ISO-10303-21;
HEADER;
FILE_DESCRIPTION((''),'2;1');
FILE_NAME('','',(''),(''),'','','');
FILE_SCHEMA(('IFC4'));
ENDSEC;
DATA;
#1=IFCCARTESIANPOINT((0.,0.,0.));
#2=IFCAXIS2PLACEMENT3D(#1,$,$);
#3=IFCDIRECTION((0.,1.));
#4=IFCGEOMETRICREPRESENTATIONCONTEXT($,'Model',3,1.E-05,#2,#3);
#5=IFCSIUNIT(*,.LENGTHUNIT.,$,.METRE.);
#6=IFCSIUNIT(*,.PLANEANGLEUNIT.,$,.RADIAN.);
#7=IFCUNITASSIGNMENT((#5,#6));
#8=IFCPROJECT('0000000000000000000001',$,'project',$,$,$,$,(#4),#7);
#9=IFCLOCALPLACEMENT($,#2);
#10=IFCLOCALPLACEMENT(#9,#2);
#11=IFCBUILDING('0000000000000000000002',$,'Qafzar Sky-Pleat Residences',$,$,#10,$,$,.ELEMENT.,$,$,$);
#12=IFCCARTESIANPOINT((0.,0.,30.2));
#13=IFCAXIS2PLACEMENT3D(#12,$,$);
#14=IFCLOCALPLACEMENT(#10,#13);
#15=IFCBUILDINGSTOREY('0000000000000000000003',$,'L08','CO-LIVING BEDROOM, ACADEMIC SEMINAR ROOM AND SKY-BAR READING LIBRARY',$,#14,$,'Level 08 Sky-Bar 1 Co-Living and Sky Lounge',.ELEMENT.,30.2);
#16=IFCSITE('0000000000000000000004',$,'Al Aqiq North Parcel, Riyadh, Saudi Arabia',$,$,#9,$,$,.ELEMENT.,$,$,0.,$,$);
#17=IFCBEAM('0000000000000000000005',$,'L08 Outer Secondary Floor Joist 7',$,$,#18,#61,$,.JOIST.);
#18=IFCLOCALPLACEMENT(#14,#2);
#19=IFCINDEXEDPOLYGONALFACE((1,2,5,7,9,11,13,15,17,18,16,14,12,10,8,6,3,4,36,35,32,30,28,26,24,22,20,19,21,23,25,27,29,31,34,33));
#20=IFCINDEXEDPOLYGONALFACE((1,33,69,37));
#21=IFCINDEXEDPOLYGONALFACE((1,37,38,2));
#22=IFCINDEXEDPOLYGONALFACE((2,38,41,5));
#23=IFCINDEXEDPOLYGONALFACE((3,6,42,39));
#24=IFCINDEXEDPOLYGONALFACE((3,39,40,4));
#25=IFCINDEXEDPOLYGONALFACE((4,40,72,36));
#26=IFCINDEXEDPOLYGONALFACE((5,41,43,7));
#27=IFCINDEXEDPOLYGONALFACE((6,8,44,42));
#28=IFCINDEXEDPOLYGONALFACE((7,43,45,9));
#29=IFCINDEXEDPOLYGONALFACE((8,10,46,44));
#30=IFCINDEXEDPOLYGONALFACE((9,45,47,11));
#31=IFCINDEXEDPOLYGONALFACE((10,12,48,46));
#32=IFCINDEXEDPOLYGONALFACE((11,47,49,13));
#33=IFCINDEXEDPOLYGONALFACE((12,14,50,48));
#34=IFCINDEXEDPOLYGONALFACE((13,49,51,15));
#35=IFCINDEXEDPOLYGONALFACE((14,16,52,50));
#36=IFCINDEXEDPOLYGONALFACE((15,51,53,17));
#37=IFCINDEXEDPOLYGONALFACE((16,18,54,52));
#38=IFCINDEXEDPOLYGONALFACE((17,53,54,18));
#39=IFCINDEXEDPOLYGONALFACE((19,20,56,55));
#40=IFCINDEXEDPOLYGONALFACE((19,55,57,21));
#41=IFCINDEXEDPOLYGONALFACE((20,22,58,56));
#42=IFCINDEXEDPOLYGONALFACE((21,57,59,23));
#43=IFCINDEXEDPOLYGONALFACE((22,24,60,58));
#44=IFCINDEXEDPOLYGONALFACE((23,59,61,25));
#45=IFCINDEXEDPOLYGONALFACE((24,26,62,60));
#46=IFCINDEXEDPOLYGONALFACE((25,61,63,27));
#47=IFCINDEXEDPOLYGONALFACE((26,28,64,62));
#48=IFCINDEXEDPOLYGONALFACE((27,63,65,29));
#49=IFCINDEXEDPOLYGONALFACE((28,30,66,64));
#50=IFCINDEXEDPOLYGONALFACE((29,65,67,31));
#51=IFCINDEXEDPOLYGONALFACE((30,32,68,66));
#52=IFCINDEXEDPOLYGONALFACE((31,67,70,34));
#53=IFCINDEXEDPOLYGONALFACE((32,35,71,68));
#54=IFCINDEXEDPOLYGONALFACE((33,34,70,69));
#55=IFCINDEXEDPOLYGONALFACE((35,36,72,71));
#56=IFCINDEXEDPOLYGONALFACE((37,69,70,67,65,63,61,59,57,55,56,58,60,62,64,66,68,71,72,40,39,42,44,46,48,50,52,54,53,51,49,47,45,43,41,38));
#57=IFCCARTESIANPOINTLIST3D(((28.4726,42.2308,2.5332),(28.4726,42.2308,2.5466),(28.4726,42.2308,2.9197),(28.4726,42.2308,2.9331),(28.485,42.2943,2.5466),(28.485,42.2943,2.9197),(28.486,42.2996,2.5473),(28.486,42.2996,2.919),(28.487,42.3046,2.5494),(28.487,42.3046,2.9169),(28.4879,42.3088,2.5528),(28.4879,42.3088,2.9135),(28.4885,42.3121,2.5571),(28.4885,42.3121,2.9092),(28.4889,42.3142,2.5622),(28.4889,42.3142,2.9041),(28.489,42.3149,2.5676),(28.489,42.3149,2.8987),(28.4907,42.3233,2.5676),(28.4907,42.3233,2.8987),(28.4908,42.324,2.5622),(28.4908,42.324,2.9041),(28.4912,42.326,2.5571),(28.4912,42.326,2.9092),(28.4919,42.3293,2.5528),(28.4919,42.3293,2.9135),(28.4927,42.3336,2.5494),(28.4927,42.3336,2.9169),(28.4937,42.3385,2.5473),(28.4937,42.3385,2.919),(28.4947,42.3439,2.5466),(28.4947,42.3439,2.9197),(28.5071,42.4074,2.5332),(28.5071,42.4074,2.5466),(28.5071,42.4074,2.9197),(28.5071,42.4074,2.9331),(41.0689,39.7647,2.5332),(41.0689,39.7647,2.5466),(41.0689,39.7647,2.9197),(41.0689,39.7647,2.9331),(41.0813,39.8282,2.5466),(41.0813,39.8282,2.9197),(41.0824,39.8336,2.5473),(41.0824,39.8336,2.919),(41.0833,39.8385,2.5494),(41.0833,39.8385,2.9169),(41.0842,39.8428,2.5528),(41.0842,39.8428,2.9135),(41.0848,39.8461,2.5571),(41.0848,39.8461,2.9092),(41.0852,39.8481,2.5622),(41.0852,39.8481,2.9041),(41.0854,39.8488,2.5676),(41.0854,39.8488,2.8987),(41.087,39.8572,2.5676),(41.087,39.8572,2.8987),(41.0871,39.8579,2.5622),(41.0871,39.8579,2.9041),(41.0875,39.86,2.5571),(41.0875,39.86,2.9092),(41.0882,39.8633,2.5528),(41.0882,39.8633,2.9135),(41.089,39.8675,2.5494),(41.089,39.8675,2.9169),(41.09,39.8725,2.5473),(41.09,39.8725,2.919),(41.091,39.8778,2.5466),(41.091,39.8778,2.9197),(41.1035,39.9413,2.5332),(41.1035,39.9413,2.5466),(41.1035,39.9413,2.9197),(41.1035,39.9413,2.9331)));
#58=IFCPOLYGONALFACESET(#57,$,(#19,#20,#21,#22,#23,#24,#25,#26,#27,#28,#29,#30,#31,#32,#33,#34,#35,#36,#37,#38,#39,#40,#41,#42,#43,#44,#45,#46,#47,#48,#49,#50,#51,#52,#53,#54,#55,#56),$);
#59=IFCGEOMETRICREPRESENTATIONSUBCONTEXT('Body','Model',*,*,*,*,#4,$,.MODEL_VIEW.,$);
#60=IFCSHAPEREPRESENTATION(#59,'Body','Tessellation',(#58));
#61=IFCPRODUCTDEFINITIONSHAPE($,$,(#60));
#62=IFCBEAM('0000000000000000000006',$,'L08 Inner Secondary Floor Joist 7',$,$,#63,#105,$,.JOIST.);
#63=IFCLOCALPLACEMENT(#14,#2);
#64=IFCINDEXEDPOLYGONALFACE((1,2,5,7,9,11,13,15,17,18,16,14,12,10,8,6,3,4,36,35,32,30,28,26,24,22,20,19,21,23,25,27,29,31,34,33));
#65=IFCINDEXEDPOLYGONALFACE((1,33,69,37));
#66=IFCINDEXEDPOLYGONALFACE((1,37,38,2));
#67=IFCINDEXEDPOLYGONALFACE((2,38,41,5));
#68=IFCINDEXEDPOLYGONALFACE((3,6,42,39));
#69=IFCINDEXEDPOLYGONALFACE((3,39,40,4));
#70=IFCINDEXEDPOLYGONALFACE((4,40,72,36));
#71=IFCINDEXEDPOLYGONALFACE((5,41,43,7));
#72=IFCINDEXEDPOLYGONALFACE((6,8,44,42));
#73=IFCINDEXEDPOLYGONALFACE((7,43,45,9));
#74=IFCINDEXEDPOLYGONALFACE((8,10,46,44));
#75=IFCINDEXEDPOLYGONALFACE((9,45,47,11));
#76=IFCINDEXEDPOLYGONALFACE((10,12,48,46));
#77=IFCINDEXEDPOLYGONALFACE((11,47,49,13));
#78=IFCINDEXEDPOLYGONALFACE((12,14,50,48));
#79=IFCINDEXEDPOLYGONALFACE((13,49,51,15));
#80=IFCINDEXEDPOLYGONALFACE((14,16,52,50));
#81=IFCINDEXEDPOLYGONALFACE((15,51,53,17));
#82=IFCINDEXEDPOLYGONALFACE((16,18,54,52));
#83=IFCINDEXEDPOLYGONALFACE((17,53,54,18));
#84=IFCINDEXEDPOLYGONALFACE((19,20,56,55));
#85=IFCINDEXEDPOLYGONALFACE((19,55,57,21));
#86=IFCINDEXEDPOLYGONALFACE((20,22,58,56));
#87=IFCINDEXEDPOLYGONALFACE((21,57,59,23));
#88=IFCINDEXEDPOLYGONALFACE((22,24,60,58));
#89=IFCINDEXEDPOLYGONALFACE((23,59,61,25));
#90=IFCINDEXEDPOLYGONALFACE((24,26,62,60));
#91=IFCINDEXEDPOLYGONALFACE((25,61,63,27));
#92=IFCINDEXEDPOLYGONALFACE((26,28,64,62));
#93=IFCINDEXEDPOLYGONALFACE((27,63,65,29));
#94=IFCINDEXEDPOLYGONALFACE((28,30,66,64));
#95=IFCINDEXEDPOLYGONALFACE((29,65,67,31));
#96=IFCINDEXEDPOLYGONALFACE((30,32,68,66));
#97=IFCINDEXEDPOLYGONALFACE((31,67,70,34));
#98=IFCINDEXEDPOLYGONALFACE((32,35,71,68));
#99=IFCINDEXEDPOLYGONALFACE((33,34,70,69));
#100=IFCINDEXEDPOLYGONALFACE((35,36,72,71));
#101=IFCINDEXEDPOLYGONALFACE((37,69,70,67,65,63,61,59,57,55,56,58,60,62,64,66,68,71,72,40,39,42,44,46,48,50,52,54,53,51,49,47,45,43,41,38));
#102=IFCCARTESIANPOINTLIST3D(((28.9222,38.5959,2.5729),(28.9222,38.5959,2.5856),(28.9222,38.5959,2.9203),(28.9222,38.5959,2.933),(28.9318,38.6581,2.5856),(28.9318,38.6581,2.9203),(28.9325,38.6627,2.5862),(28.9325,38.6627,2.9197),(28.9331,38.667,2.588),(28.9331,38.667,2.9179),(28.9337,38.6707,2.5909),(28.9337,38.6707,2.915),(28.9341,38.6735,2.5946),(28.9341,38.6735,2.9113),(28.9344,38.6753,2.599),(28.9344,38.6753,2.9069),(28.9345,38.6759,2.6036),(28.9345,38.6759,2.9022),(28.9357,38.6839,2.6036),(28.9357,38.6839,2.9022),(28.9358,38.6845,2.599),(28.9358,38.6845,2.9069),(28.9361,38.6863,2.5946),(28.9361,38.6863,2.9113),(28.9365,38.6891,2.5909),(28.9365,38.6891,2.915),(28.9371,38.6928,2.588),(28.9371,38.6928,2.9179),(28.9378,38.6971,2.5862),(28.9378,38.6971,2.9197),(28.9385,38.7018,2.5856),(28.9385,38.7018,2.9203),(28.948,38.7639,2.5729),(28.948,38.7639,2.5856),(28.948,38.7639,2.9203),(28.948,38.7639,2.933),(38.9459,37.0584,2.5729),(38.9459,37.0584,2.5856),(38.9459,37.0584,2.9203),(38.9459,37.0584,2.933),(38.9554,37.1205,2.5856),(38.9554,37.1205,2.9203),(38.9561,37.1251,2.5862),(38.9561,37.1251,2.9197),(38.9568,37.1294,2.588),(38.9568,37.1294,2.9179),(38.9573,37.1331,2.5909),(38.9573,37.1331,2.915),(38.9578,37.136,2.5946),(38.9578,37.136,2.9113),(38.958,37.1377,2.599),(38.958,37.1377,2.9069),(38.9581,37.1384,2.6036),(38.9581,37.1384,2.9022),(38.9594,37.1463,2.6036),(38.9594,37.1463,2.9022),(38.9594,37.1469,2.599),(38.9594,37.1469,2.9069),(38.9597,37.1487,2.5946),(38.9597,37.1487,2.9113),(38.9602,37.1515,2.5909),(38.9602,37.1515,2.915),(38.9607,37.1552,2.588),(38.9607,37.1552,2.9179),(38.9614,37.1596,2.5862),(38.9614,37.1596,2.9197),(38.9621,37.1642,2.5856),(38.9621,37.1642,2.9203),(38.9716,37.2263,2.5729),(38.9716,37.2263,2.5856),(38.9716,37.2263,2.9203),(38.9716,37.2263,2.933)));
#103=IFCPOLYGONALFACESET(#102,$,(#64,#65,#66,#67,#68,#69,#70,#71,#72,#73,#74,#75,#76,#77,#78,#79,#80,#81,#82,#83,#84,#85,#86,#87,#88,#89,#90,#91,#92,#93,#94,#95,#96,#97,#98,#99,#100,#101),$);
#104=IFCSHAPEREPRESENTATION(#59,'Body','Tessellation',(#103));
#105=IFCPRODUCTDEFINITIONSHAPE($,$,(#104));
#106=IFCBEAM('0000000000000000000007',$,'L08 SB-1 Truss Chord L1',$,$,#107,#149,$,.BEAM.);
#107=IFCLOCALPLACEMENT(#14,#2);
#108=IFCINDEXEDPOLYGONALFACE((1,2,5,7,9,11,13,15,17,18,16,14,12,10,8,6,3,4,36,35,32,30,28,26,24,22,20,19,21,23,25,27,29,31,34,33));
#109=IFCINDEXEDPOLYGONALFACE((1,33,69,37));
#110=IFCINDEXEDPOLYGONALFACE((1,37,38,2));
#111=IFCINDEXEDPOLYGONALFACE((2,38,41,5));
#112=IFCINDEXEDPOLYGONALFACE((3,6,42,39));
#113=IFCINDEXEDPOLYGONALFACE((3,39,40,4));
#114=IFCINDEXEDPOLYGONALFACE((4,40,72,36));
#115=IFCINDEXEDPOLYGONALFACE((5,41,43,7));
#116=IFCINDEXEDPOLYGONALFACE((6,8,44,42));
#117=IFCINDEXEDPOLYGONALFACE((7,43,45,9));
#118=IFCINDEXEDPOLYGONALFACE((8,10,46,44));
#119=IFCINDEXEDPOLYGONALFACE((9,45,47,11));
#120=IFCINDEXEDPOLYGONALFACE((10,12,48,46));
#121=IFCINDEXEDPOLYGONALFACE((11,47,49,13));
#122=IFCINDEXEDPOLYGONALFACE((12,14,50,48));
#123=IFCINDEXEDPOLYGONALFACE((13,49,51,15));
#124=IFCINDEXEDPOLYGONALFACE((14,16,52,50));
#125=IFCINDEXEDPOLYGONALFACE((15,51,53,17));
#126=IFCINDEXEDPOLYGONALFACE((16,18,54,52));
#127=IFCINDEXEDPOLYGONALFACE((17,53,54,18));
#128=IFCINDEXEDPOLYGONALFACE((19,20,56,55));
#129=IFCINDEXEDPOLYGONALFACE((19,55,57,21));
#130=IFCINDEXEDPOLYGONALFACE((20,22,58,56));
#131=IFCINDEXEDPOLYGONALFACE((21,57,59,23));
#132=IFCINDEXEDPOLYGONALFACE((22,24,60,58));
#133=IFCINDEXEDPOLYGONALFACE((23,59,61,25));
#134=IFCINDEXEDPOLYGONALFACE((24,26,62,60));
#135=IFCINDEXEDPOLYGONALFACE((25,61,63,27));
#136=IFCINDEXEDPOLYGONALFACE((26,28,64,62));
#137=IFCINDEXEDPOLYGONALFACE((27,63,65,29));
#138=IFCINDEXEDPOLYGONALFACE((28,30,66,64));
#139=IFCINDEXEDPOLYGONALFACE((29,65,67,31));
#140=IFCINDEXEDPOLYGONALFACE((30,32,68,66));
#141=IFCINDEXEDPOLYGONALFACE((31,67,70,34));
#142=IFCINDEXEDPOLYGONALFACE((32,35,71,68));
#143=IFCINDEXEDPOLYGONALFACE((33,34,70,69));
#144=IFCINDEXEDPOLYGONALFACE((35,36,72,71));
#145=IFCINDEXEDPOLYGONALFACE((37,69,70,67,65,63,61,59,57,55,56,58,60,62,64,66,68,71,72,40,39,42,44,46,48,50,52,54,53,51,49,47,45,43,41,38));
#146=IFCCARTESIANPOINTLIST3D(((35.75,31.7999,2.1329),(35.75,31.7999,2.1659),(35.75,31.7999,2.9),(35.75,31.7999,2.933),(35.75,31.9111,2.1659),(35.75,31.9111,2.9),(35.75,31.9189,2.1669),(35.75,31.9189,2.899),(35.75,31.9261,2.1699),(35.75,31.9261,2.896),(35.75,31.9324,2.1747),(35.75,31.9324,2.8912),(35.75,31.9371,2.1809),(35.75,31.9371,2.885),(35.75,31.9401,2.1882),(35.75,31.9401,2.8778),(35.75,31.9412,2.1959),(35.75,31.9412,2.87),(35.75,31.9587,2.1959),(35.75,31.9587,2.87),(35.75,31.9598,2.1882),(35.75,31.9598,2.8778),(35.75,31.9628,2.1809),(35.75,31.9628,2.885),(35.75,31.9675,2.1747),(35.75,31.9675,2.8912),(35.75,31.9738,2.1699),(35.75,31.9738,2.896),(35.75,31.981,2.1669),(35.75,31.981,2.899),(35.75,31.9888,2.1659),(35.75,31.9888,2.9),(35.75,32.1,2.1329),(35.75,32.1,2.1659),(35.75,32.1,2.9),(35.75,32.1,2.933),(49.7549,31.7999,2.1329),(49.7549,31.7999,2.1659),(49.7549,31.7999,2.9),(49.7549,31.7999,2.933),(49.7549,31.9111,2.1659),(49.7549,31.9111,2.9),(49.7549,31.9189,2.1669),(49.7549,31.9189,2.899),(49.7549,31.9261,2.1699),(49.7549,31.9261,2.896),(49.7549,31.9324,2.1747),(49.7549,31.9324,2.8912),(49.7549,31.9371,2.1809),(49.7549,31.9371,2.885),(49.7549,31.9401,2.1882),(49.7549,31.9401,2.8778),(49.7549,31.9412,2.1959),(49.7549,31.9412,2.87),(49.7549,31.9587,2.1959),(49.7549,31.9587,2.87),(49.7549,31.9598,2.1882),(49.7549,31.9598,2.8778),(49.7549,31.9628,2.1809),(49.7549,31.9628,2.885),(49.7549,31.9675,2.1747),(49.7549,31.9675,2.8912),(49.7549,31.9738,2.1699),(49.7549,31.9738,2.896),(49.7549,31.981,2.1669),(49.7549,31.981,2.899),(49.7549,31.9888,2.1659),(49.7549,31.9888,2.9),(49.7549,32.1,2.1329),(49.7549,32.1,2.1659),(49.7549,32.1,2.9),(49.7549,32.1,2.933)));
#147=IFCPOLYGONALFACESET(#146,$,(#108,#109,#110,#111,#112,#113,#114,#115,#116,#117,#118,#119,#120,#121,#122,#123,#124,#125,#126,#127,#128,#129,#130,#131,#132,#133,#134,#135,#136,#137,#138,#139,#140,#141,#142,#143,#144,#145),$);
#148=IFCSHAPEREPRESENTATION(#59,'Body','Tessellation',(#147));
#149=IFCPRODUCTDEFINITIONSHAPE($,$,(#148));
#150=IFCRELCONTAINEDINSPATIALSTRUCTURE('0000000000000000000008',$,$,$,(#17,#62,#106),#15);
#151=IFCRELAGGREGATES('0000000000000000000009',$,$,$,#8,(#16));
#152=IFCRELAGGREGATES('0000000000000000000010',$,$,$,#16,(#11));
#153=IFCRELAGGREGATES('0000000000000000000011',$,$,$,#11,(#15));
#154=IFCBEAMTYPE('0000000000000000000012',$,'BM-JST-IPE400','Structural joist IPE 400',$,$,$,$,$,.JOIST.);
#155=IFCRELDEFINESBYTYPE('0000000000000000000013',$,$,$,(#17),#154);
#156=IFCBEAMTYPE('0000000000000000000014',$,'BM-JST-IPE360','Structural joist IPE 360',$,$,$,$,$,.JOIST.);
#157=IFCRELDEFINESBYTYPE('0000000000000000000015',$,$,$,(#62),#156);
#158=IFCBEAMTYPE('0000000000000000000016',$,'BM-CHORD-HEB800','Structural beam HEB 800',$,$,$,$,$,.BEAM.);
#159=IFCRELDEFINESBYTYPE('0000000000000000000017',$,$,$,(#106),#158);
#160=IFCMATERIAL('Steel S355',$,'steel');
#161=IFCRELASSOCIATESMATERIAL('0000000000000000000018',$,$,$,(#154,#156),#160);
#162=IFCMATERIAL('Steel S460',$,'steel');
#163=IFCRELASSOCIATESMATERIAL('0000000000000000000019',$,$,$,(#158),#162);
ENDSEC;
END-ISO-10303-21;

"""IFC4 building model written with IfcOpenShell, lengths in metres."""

from ifc_helpers import new_model, si_unit, direction, frame, origin, origin_2d, place, context, subcontext, project, spatial, i_section, extrude, source, transform, mapped, material, material_profile, profile_set, type_object, element, save


model = new_model("IFC4")

# Units and contexts
model_context = context("Model", 3, precision=1e-05, world=origin(), true_north=direction((0.0, 1.0)))
body_context = subcontext(model_context, "Body", "Model", "MODEL_VIEW")
ifc_project = project(units=[si_unit("LENGTHUNIT", "METRE"), si_unit("PLANEANGLEUNIT", "RADIAN")], contexts=[model_context])

# Site, building, storey
site_placement = place(None, origin())
site = spatial("IfcSite", under=ifc_project, at=site_placement, Name="Al Aqiq North Parcel, Riyadh, Saudi Arabia", CompositionType="ELEMENT", RefElevation=0.0)
building_placement = place(site_placement, origin())
building = spatial("IfcBuilding", under=site, at=building_placement, Name="Qafzar Sky-Pleat Residences", CompositionType="ELEMENT")
storey_placement = place(building_placement, frame((0.0, 0.0, 30.2)))
storey = spatial("IfcBuildingStorey", under=building, at=storey_placement, Name="L08", Description="CO-LIVING BEDROOM, ACADEMIC SEMINAR ROOM AND SKY-BAR READING LIBRARY", LongName="Level 08 Sky-Bar 1 Co-Living and Sky Lounge", CompositionType="ELEMENT", Elevation=30.2)

# Beams
ifc_material_1 = material(Name="Steel S355", Category="steel")
ifc_material_profile_1 = material_profile(ifc_material_1, i_section(OverallWidth=0.1799, OverallDepth=0.3999, WebThickness=0.0085, FlangeThickness=0.0134, FilletRadius=0.021, at=origin_2d()), Name="IPE 400")
ifc_profile_set_1 = profile_set([ifc_material_profile_1], Name="Steel S355")
beam_type_1 = type_object("IfcBeamType", Name="BM-JST-IPE400", Description="Structural joist IPE 400", PredefinedType="JOIST", material=ifc_profile_set_1)
shared_shape_1 = source(origin(), body_context, "Body", "SweptSolid", [
    extrude(i_section(OverallWidth=0.1799, OverallDepth=0.3999, WebThickness=0.0085, FlangeThickness=0.0134, FilletRadius=0.021, at=origin_2d()), origin(), (0.0, 0.0, 1.0), 12.8354),
])
beam_1_placement = place(storey_placement, frame((41.0862, 39.853, 2.7332), z_axis=(-0.98137, 0.192127, 0.0), x_axis=(-0.192127, -0.98137, 0.0)))
element("IfcBeam", 1, at=beam_1_placement, inside=storey, type_object=beam_type_1, Name="L08 Outer Secondary Floor Joist 7", PredefinedType="JOIST", context=body_context, shape_type="MappedRepresentation", body=[
    mapped(shared_shape_1, transform((0.0, 0.0, 0.0), x_axis=(1.0, 0.0, 0.0), y_axis=(0.0, 1.0, 0.0), z_axis=(0.0, 0.0, 1.0), scale=1.0)),
])
ifc_material_profile_2 = material_profile(ifc_material_1, i_section(OverallWidth=0.1699, OverallDepth=0.3601, WebThickness=0.0081, FlangeThickness=0.0127, FilletRadius=0.0181, at=origin_2d()), Name="IPE 360")
ifc_profile_set_2 = profile_set([ifc_material_profile_2], Name="Steel S355")
beam_type_2 = type_object("IfcBeamType", Name="BM-JST-IPE360", Description="Structural joist IPE 360", PredefinedType="JOIST", material=ifc_profile_set_2)
shared_shape_2 = source(origin(), body_context, "Body", "SweptSolid", [
    extrude(i_section(OverallWidth=0.1699, OverallDepth=0.3601, WebThickness=0.0081, FlangeThickness=0.0127, FilletRadius=0.0181, at=origin_2d()), origin(), (0.0, 0.0, 1.0), 10.1409),
])
beam_2_placement = place(storey_placement, frame((38.9587, 37.1423, 2.7529), z_axis=(-0.988438, 0.151623, 0.0), x_axis=(-0.151623, -0.988438, 0.0)))
element("IfcBeam", 2, at=beam_2_placement, inside=storey, type_object=beam_type_2, Name="L08 Inner Secondary Floor Joist 7", PredefinedType="JOIST", context=body_context, shape_type="MappedRepresentation", body=[
    mapped(shared_shape_2, transform((0.0, 0.0, 0.0), x_axis=(1.0, 0.0, 0.0), y_axis=(0.0, 1.0, 0.0), z_axis=(0.0, 0.0, 1.0), scale=1.0)),
])
ifc_material_2 = material(Name="Steel S460", Category="steel")
ifc_material_profile_3 = material_profile(ifc_material_2, i_section(OverallWidth=0.3, OverallDepth=0.8, WebThickness=0.0176, FlangeThickness=0.033, FilletRadius=0.03, at=origin_2d()), Name="HEB 800")
ifc_profile_set_3 = profile_set([ifc_material_profile_3], Name="Steel S460")
beam_type_3 = type_object("IfcBeamType", Name="BM-CHORD-HEB800", Description="Structural beam HEB 800", PredefinedType="BEAM", material=ifc_profile_set_3)
shared_shape_3 = source(origin(), body_context, "Body", "SweptSolid", [
    extrude(i_section(OverallWidth=0.3, OverallDepth=0.8, WebThickness=0.0176, FlangeThickness=0.033, FilletRadius=0.03, at=origin_2d()), origin(), (0.0, 0.0, 1.0), 14.0049),
])
beam_3_placement = place(storey_placement, frame((35.75, 31.95, 2.533), z_axis=(1.0, 0.0, 0.0), x_axis=(0.0, 1.0, 0.0)))
element("IfcBeam", 3, at=beam_3_placement, inside=storey, type_object=beam_type_3, Name="L08 SB-1 Truss Chord L1", PredefinedType="BEAM", context=body_context, shape_type="MappedRepresentation", body=[
    mapped(shared_shape_3, transform((0.0, 0.0, 0.0), x_axis=(1.0, 0.0, 0.0), y_axis=(0.0, 1.0, 0.0), z_axis=(0.0, 0.0, 1.0), scale=1.0)),
])

save(model, "model.ifc")
